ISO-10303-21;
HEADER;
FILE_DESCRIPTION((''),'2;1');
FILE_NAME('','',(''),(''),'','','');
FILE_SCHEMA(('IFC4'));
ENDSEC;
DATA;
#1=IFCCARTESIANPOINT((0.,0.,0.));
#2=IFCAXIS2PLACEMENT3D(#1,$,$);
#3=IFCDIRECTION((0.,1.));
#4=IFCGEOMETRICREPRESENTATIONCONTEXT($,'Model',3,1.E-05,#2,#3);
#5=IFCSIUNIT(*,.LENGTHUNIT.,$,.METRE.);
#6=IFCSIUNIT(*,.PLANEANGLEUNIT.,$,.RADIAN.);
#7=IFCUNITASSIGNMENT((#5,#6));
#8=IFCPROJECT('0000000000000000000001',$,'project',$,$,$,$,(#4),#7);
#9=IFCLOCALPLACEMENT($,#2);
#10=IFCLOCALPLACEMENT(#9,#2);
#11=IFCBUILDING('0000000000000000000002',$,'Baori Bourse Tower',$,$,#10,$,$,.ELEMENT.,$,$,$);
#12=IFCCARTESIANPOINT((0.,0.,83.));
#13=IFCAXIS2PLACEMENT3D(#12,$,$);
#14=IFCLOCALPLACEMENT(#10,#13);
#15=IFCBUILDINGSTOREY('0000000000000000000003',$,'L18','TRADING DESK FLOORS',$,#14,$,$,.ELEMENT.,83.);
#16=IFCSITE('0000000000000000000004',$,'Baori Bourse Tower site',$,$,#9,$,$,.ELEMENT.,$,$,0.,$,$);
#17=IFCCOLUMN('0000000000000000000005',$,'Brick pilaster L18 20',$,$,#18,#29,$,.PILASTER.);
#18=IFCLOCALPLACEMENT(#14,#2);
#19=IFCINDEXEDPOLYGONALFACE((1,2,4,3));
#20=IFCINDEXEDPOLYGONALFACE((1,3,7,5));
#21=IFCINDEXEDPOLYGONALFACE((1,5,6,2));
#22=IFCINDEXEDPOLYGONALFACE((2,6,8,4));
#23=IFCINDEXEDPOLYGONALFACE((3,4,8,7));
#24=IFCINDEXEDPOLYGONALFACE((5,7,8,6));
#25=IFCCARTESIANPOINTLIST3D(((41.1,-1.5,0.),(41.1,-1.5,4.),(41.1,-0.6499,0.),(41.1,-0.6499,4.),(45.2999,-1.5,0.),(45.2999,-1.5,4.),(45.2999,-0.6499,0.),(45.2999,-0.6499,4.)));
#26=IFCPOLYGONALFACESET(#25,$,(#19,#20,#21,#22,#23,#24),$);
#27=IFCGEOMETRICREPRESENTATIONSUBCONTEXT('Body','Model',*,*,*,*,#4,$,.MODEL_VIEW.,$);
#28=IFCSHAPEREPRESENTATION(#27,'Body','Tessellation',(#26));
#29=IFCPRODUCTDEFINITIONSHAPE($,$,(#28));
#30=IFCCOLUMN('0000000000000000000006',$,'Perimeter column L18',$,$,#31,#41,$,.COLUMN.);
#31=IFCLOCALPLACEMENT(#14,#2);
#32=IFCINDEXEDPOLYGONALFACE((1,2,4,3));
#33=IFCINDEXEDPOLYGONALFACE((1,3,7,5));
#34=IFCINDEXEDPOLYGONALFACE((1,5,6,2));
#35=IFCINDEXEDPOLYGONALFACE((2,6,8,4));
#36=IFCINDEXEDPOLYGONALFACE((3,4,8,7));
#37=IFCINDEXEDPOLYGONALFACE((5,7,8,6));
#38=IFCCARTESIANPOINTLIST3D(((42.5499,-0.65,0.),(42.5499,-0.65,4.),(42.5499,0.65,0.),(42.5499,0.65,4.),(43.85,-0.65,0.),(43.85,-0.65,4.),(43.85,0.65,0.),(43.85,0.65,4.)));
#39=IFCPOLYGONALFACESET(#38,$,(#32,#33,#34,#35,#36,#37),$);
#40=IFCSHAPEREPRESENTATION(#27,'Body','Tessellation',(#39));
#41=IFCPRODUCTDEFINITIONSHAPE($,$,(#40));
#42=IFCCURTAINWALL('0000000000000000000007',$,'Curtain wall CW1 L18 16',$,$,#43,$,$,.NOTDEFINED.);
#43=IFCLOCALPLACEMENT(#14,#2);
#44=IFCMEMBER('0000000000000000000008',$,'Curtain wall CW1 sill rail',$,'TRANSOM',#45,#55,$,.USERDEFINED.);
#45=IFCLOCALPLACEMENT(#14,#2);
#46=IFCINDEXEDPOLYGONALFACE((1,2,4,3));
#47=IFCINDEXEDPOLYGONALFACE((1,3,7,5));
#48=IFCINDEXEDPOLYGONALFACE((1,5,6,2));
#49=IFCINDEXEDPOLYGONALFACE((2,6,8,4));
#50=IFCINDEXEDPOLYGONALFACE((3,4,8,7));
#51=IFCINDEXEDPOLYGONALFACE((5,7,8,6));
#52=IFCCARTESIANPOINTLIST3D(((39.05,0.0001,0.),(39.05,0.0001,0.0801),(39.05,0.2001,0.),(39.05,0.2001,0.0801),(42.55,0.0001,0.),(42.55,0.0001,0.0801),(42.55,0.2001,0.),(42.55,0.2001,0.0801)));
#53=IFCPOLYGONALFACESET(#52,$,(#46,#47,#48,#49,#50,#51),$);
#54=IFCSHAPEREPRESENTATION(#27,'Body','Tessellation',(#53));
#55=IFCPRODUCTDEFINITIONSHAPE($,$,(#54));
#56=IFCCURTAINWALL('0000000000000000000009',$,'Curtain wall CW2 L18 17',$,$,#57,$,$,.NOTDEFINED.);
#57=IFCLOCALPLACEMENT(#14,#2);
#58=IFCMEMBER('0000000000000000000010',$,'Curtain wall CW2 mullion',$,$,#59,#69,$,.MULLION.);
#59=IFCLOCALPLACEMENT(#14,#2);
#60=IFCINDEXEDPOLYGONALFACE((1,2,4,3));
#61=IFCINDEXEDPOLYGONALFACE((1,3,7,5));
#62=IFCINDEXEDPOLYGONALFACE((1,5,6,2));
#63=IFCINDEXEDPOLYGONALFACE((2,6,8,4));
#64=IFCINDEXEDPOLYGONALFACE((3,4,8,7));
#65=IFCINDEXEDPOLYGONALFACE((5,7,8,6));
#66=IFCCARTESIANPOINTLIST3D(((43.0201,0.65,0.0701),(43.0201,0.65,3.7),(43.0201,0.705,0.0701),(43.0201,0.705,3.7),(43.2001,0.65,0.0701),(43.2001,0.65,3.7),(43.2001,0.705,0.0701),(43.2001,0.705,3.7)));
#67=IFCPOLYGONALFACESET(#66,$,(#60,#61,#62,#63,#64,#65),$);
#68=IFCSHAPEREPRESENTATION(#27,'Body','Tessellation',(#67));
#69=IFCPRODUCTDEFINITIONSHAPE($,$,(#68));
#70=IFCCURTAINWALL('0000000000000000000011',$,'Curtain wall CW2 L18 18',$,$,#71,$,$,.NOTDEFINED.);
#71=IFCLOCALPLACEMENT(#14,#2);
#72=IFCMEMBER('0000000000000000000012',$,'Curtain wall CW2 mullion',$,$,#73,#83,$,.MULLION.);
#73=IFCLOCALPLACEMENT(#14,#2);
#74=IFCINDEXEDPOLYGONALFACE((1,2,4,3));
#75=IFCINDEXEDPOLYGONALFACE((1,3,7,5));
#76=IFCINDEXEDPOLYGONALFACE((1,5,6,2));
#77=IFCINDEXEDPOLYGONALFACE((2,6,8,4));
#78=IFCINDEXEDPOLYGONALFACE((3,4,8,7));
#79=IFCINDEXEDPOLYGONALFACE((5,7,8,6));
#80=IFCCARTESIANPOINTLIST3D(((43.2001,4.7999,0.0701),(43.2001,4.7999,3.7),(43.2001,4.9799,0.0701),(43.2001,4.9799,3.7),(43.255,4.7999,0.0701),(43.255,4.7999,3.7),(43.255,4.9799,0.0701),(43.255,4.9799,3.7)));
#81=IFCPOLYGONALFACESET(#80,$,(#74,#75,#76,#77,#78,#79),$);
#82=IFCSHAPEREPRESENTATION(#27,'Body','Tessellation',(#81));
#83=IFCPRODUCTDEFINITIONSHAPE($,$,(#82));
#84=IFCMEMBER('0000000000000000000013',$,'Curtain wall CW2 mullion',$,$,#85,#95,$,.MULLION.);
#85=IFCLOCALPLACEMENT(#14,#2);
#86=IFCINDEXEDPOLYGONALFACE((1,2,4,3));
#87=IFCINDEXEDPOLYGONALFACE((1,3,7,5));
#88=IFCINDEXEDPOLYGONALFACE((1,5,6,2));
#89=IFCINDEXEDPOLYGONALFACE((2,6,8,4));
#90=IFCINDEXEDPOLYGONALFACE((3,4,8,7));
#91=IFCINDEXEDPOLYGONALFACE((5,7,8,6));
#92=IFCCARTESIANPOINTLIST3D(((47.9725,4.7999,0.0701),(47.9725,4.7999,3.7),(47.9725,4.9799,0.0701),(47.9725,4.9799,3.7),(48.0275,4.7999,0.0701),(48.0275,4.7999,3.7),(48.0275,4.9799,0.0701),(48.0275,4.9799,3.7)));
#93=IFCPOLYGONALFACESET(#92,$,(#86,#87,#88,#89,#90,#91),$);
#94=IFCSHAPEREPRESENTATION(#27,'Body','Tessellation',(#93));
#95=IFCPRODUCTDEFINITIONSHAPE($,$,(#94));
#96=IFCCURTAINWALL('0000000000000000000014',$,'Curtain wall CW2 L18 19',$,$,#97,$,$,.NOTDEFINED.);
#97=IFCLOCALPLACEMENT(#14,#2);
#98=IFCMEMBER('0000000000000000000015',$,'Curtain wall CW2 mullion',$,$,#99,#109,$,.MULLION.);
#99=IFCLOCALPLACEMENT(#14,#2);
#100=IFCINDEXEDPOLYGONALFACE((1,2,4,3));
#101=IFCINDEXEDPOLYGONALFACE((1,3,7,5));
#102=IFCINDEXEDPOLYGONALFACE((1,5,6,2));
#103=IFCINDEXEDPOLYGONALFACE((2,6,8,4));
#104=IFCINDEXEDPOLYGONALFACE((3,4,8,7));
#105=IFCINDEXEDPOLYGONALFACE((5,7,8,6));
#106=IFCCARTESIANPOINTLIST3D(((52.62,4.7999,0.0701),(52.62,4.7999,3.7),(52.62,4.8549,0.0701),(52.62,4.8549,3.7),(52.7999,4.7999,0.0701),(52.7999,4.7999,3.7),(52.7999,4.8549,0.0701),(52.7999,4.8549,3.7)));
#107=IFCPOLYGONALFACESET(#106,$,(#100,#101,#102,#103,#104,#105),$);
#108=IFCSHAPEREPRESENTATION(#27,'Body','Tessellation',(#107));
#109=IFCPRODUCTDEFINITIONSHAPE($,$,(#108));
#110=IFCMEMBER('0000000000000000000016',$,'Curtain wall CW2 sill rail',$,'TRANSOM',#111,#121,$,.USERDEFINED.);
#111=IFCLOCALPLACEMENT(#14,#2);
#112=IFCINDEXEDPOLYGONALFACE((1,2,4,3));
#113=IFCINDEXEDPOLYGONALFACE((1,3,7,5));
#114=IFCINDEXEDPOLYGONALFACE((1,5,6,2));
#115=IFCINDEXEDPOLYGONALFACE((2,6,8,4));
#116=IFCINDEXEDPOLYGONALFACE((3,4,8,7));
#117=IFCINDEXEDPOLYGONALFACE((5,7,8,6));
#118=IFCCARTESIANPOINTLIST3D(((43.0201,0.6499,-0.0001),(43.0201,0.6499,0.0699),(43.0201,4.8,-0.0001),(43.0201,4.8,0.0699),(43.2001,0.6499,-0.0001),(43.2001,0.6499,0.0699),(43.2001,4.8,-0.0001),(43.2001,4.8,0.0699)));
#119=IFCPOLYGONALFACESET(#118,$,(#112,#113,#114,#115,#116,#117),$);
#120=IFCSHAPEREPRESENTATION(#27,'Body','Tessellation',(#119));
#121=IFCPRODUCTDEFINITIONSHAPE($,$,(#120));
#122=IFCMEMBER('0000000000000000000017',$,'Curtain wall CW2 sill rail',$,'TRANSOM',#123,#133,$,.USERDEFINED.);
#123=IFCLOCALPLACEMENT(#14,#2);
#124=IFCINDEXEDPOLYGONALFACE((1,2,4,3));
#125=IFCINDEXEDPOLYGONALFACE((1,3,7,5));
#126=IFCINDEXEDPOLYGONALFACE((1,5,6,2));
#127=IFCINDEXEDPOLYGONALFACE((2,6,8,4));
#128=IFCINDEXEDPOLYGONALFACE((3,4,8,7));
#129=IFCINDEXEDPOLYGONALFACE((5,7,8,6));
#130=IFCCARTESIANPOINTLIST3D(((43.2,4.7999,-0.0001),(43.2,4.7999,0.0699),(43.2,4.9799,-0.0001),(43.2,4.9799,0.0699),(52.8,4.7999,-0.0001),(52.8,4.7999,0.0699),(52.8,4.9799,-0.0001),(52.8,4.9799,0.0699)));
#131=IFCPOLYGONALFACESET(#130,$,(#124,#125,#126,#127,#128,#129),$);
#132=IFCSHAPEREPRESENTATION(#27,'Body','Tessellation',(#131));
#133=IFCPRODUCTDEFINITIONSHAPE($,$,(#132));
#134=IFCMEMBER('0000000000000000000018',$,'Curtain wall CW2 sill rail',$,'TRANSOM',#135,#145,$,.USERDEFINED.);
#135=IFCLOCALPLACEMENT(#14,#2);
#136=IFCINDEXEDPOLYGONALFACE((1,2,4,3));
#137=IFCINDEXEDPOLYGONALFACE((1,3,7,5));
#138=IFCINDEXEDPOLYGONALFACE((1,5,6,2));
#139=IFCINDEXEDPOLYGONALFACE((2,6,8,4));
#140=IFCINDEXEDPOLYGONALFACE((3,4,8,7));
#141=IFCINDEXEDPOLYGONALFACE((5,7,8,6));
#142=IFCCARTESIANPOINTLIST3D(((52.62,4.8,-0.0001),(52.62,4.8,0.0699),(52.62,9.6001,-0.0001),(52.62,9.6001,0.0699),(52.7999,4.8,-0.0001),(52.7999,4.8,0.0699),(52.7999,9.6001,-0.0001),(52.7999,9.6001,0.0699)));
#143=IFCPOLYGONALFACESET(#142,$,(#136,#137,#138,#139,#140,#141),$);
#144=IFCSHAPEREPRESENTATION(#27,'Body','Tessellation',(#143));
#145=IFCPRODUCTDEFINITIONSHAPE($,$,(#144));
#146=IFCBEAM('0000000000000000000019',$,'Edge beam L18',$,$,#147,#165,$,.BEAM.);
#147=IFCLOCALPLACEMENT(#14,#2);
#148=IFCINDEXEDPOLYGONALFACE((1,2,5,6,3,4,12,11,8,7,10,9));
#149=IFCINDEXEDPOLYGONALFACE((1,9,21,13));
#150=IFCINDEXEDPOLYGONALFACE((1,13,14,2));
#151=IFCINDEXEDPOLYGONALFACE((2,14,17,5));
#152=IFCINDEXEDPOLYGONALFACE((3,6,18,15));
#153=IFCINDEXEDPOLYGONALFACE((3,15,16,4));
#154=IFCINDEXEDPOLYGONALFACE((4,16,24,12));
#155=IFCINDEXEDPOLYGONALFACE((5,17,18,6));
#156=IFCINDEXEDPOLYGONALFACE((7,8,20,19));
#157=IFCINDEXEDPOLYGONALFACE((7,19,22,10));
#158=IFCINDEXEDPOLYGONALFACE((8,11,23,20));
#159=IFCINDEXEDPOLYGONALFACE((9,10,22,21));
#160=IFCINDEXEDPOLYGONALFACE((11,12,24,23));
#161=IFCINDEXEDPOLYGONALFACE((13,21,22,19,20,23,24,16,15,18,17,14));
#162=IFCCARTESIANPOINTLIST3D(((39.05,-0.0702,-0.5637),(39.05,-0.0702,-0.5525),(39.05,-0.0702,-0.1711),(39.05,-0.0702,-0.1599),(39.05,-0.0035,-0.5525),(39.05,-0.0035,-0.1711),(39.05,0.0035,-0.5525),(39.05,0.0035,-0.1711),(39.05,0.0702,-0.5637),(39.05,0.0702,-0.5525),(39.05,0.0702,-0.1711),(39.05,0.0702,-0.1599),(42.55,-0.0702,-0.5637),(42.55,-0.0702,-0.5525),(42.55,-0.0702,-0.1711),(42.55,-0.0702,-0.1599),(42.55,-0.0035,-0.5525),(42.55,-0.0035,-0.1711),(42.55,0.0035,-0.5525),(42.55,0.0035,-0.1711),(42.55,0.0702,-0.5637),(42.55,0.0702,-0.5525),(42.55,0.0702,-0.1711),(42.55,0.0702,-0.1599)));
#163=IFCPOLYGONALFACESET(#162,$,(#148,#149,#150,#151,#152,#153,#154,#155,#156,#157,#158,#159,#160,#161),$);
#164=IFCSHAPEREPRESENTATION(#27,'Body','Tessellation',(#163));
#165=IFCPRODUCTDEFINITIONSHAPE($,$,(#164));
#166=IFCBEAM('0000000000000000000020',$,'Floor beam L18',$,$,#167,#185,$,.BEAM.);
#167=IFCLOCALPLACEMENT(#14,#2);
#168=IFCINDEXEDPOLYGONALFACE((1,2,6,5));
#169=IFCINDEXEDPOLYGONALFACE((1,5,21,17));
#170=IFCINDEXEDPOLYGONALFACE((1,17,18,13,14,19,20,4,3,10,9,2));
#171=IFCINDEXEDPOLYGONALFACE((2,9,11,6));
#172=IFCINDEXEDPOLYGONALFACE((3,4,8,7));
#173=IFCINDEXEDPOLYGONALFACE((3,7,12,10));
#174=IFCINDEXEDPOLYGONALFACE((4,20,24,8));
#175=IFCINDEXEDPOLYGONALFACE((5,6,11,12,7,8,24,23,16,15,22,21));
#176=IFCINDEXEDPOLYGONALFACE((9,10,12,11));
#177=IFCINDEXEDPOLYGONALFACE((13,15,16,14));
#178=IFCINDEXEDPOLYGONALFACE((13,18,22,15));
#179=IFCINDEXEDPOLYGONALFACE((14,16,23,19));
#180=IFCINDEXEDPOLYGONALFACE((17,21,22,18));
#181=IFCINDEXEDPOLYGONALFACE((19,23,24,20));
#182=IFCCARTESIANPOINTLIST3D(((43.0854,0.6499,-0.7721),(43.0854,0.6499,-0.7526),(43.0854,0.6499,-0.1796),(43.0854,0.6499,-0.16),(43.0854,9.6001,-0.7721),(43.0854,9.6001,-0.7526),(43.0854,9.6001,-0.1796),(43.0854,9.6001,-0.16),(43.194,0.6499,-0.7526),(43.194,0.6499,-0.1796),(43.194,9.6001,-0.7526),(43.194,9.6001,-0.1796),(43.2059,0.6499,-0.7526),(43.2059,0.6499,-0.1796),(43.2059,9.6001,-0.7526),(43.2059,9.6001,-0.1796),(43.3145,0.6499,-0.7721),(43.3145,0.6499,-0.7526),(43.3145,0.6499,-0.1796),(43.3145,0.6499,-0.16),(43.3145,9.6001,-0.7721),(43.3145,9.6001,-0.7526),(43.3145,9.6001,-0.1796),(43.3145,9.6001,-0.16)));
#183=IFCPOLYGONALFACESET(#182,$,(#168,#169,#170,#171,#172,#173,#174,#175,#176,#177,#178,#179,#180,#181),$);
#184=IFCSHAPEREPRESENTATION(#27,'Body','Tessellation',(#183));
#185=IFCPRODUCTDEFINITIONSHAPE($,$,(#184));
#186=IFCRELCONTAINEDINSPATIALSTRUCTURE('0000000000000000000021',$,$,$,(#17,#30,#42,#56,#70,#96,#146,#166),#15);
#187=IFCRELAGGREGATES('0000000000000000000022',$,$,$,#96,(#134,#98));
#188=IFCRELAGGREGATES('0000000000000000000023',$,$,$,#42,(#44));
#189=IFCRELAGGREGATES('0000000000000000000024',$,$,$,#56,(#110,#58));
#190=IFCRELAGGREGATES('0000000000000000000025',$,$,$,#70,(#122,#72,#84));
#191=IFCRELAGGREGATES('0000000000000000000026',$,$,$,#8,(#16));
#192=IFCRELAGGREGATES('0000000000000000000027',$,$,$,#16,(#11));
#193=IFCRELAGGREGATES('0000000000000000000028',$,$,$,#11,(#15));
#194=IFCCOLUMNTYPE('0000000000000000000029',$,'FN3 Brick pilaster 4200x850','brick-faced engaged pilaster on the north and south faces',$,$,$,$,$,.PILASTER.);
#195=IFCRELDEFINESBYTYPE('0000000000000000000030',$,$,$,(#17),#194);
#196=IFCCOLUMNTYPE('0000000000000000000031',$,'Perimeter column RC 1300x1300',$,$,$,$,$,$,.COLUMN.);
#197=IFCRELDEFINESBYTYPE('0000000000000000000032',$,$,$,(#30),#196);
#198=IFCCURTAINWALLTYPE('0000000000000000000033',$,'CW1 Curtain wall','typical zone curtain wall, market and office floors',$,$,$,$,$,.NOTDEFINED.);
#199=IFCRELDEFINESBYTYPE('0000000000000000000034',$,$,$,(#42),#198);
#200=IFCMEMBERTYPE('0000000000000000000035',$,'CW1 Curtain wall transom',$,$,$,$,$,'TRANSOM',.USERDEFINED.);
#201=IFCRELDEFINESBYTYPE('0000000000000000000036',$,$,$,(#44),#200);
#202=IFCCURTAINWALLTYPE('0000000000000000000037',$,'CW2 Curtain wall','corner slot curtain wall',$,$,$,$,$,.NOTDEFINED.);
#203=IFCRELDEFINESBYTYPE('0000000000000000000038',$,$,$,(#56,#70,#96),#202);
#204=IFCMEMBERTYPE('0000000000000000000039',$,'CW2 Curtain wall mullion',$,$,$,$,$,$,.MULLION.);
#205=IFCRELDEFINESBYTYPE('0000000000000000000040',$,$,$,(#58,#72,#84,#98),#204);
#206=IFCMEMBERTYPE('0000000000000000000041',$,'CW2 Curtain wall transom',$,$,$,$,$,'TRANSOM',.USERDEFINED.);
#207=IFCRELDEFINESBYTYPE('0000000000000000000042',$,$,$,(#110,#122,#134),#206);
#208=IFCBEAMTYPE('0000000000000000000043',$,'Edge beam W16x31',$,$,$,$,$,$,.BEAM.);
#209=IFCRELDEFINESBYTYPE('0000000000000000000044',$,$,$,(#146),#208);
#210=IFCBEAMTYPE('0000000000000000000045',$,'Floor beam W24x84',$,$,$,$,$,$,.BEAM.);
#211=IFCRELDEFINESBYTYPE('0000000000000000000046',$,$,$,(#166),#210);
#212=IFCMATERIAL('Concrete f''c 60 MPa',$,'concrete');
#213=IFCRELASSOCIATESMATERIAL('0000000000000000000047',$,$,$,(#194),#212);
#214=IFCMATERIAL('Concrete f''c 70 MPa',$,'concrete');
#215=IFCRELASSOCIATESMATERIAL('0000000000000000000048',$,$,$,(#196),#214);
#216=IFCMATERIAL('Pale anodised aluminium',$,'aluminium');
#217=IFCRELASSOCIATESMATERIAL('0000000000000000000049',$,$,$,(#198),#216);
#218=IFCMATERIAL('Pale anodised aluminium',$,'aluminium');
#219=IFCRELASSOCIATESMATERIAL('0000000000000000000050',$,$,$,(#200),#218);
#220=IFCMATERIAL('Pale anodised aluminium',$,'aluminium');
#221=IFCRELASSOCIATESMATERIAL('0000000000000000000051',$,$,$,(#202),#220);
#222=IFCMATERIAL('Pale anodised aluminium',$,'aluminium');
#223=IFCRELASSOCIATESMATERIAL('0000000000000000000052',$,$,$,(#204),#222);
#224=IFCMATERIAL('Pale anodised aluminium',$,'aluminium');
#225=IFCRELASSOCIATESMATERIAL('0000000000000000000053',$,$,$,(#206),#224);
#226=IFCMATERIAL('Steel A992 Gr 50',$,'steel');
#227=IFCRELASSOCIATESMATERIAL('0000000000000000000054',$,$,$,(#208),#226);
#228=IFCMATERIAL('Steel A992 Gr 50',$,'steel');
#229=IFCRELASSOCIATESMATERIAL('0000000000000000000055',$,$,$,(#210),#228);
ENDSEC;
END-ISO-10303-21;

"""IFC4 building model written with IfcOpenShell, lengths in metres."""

from ifc_helpers import new_model, si_unit, direction, frame, origin, origin_2d, place, context, subcontext, project, spatial, rectangle, i_section, extrude, material, material_profile, profile_set, type_object, element, aggregate, save


model = new_model("IFC4")

# Units and contexts
model_context = context("Model", 3, precision=1e-05, world=origin(), true_north=direction((0.0, 1.0)))
body_context = subcontext(model_context, "Body", "Model", "MODEL_VIEW")
ifc_project = project(units=[si_unit("LENGTHUNIT", "METRE"), si_unit("PLANEANGLEUNIT", "RADIAN")], contexts=[model_context])

# Site, building, storey
site_placement = place(None, origin())
site = spatial("IfcSite", under=ifc_project, at=site_placement, Name="Baori Bourse Tower site", CompositionType="ELEMENT", RefElevation=0.0)
building_placement = place(site_placement, origin())
building = spatial("IfcBuilding", under=site, at=building_placement, Name="Baori Bourse Tower", CompositionType="ELEMENT")
storey_placement = place(building_placement, frame((0.0, 0.0, 83.0)))
storey = spatial("IfcBuildingStorey", under=building, at=storey_placement, Name="L18", Description="TRADING DESK FLOORS", CompositionType="ELEMENT", Elevation=83.0)

# Columns
ifc_material_1 = material(Name="Concrete f'c 60 MPa", Category="concrete")
ifc_material_profile_1 = material_profile(ifc_material_1, rectangle(XDim=4.2, YDim=0.8501, at=origin_2d()), Name="RC 4200x850")
ifc_profile_set_1 = profile_set([ifc_material_profile_1], Name="Concrete f'c 60 MPa")
column_type_1 = type_object("IfcColumnType", Name="FN3 Brick pilaster 4200x850", Description="brick-faced engaged pilaster on the north and south faces", PredefinedType="PILASTER", material=ifc_profile_set_1)
column_1_placement = place(storey_placement, frame((43.2, -1.075, 0.0), z_axis=(0.0, 0.0, 1.0), x_axis=(1.0, 0.0, 0.0)))
element("IfcColumn", 1, at=column_1_placement, inside=storey, type_object=column_type_1, Name="Brick pilaster L18 20", PredefinedType="PILASTER", context=body_context, shape_type="SweptSolid", body=[
    extrude(rectangle(XDim=4.2, YDim=0.8501, at=origin_2d()), origin(), (0.0, 0.0, 1.0), 4.0),
])
ifc_material_2 = material(Name="Concrete f'c 70 MPa", Category="concrete")
ifc_material_profile_2 = material_profile(ifc_material_2, rectangle(XDim=1.3, YDim=1.3, at=origin_2d()), Name="RC 1300x1300")
ifc_profile_set_2 = profile_set([ifc_material_profile_2], Name="Concrete f'c 70 MPa")
column_type_2 = type_object("IfcColumnType", Name="Perimeter column RC 1300x1300", PredefinedType="COLUMN", material=ifc_profile_set_2)
column_2_placement = place(storey_placement, frame((43.2, 0.0, 0.0), z_axis=(0.0, 0.0, 1.0), x_axis=(1.0, 0.0, 0.0)))
element("IfcColumn", 2, at=column_2_placement, inside=storey, type_object=column_type_2, Name="Perimeter column L18", PredefinedType="COLUMN", context=body_context, shape_type="SweptSolid", body=[
    extrude(rectangle(XDim=1.3, YDim=1.3, at=origin_2d()), origin(), (0.0, 0.0, 1.0), 4.0),
])

# Curtain walls, members
ifc_material_3 = material(Name="Pale anodised aluminium", Category="aluminium")
curtain_wall_type_1 = type_object("IfcCurtainWallType", Name="CW1 Curtain wall", Description="typical zone curtain wall, market and office floors", PredefinedType="NOTDEFINED", material=ifc_material_3)
curtain_wall_1_placement = place(storey_placement, origin())
curtain_wall_1 = element("IfcCurtainWall", 3, at=curtain_wall_1_placement, inside=storey, type_object=curtain_wall_type_1, Name="Curtain wall CW1 L18 16", PredefinedType="NOTDEFINED")
ifc_material_4 = material(Name="Pale anodised aluminium", Category="aluminium")
ifc_material_profile_3 = material_profile(ifc_material_4, rectangle(XDim=0.2, YDim=0.0801, at=origin_2d()), Name="Transom 80x200")
ifc_profile_set_3 = profile_set([ifc_material_profile_3], Name="Pale anodised aluminium")
member_type_1 = type_object("IfcMemberType", Name="CW1 Curtain wall transom", ElementType="TRANSOM", PredefinedType="USERDEFINED", material=ifc_profile_set_3)
member_1_placement = place(storey_placement, frame((39.05, 0.1001, 0.04), z_axis=(1.0, 0.0, 0.0), x_axis=(0.0, 1.0, 0.0)))
member_1 = element("IfcMember", 4, at=member_1_placement, type_object=member_type_1, Name="Curtain wall CW1 sill rail", ObjectType="TRANSOM", PredefinedType="USERDEFINED", context=body_context, shape_type="SweptSolid", body=[
    extrude(rectangle(XDim=0.2, YDim=0.0801, at=origin_2d()), origin(), (0.0, 0.0, 1.0), 3.5),
])
ifc_material_5 = material(Name="Pale anodised aluminium", Category="aluminium")
curtain_wall_type_2 = type_object("IfcCurtainWallType", Name="CW2 Curtain wall", Description="corner slot curtain wall", PredefinedType="NOTDEFINED", material=ifc_material_5)
curtain_wall_2_placement = place(storey_placement, origin())
curtain_wall_2 = element("IfcCurtainWall", 5, at=curtain_wall_2_placement, inside=storey, type_object=curtain_wall_type_2, Name="Curtain wall CW2 L18 17", PredefinedType="NOTDEFINED")
ifc_material_6 = material(Name="Pale anodised aluminium", Category="aluminium")
ifc_material_profile_4 = material_profile(ifc_material_6, rectangle(XDim=0.1799, YDim=0.0549, at=origin_2d()), Name="Mullion 55x180")
ifc_profile_set_4 = profile_set([ifc_material_profile_4], Name="Pale anodised aluminium")
member_type_2 = type_object("IfcMemberType", Name="CW2 Curtain wall mullion", PredefinedType="MULLION", material=ifc_profile_set_4)
member_2_placement = place(storey_placement, frame((43.1101, 0.6775, 0.0701), z_axis=(0.0, 0.0, 1.0), x_axis=(-1.0, 0.0, 0.0)))
member_2 = element("IfcMember", 6, at=member_2_placement, type_object=member_type_2, Name="Curtain wall CW2 mullion", PredefinedType="MULLION", context=body_context, shape_type="SweptSolid", body=[
    extrude(rectangle(XDim=0.1799, YDim=0.0549, at=origin_2d()), origin(), (0.0, 0.0, 1.0), 3.6299),
])

# Curtain wall, members
curtain_wall_3_placement = place(storey_placement, origin())
curtain_wall_3 = element("IfcCurtainWall", 7, at=curtain_wall_3_placement, inside=storey, type_object=curtain_wall_type_2, Name="Curtain wall CW2 L18 18", PredefinedType="NOTDEFINED")
member_3_placement = place(storey_placement, frame((43.2275, 4.8899, 0.0701), z_axis=(0.0, 0.0, 1.0), x_axis=(0.0, 1.0, 0.0)))
member_3 = element("IfcMember", 8, at=member_3_placement, type_object=member_type_2, Name="Curtain wall CW2 mullion", PredefinedType="MULLION", context=body_context, shape_type="SweptSolid", body=[
    extrude(rectangle(XDim=0.1799, YDim=0.0549, at=origin_2d()), origin(), (0.0, 0.0, 1.0), 3.6299),
])
member_4_placement = place(storey_placement, frame((48.0, 4.8899, 0.0701), z_axis=(0.0, 0.0, 1.0), x_axis=(0.0, 1.0, 0.0)))
member_4 = element("IfcMember", 9, at=member_4_placement, type_object=member_type_2, Name="Curtain wall CW2 mullion", PredefinedType="MULLION", context=body_context, shape_type="SweptSolid", body=[
    extrude(rectangle(XDim=0.1799, YDim=0.0549, at=origin_2d()), origin(), (0.0, 0.0, 1.0), 3.6299),
])

# Curtain wall, member
curtain_wall_4_placement = place(storey_placement, origin())
curtain_wall_4 = element("IfcCurtainWall", 10, at=curtain_wall_4_placement, inside=storey, type_object=curtain_wall_type_2, Name="Curtain wall CW2 L18 19", PredefinedType="NOTDEFINED")
member_5_placement = place(storey_placement, frame((52.71, 4.8274, 0.0701), z_axis=(0.0, 0.0, 1.0), x_axis=(-1.0, 0.0, 0.0)))
member_5 = element("IfcMember", 11, at=member_5_placement, type_object=member_type_2, Name="Curtain wall CW2 mullion", PredefinedType="MULLION", context=body_context, shape_type="SweptSolid", body=[
    extrude(rectangle(XDim=0.1799, YDim=0.0549, at=origin_2d()), origin(), (0.0, 0.0, 1.0), 3.6299),
])

# Members
ifc_material_7 = material(Name="Pale anodised aluminium", Category="aluminium")
ifc_material_profile_5 = material_profile(ifc_material_7, rectangle(XDim=0.1799, YDim=0.0701, at=origin_2d()), Name="Transom 70x180")
ifc_profile_set_5 = profile_set([ifc_material_profile_5], Name="Pale anodised aluminium")
member_type_3 = type_object("IfcMemberType", Name="CW2 Curtain wall transom", ElementType="TRANSOM", PredefinedType="USERDEFINED", material=ifc_profile_set_5)
member_6_placement = place(storey_placement, frame((43.1101, 0.6499, 0.0349), z_axis=(0.0, 1.0, 0.0), x_axis=(-1.0, 0.0, 0.0)))
member_6 = element("IfcMember", 12, at=member_6_placement, type_object=member_type_3, Name="Curtain wall CW2 sill rail", ObjectType="TRANSOM", PredefinedType="USERDEFINED", context=body_context, shape_type="SweptSolid", body=[
    extrude(rectangle(XDim=0.1799, YDim=0.0701, at=origin_2d()), origin(), (0.0, 0.0, 1.0), 4.1501),
])
member_7_placement = place(storey_placement, frame((43.2, 4.8899, 0.0349), z_axis=(1.0, 0.0, 0.0), x_axis=(0.0, 1.0, 0.0)))
member_7 = element("IfcMember", 13, at=member_7_placement, type_object=member_type_3, Name="Curtain wall CW2 sill rail", ObjectType="TRANSOM", PredefinedType="USERDEFINED", context=body_context, shape_type="SweptSolid", body=[
    extrude(rectangle(XDim=0.1799, YDim=0.0701, at=origin_2d()), origin(), (0.0, 0.0, 1.0), 9.6001),
])
member_8_placement = place(storey_placement, frame((52.71, 4.8, 0.0349), z_axis=(0.0, 1.0, 0.0), x_axis=(-1.0, 0.0, 0.0)))
member_8 = element("IfcMember", 14, at=member_8_placement, type_object=member_type_3, Name="Curtain wall CW2 sill rail", ObjectType="TRANSOM", PredefinedType="USERDEFINED", context=body_context, shape_type="SweptSolid", body=[
    extrude(rectangle(XDim=0.1799, YDim=0.0701, at=origin_2d()), origin(), (0.0, 0.0, 1.0), 4.8),
])
aggregate(curtain_wall_4, [member_8, member_5])

# Beams
ifc_material_8 = material(Name="Steel A992 Gr 50", Category="steel")
ifc_material_profile_6 = material_profile(ifc_material_8, i_section(OverallWidth=0.1404, OverallDepth=0.4038, WebThickness=0.0071, FlangeThickness=0.0112, at=origin_2d()), Name="W16x31")
ifc_profile_set_6 = profile_set([ifc_material_profile_6], Name="Steel A992 Gr 50")
beam_type_1 = type_object("IfcBeamType", Name="Edge beam W16x31", PredefinedType="BEAM", material=ifc_profile_set_6)
beam_1_placement = place(storey_placement, frame((39.05, 0.0, -0.3618), z_axis=(1.0, 0.0, 0.0), x_axis=(0.0, 1.0, 0.0)))
element("IfcBeam", 15, at=beam_1_placement, inside=storey, type_object=beam_type_1, Name="Edge beam L18", PredefinedType="BEAM", context=body_context, shape_type="SweptSolid", body=[
    extrude(i_section(OverallWidth=0.1404, OverallDepth=0.4038, WebThickness=0.0071, FlangeThickness=0.0112, at=origin_2d()), origin(), (0.0, 0.0, 1.0), 3.5),
])
ifc_material_9 = material(Name="Steel A992 Gr 50", Category="steel")
ifc_material_profile_7 = material_profile(ifc_material_9, i_section(OverallWidth=0.229, OverallDepth=0.6121, WebThickness=0.012, FlangeThickness=0.0195, at=origin_2d()), Name="W24x84")
ifc_profile_set_7 = profile_set([ifc_material_profile_7], Name="Steel A992 Gr 50")
beam_type_2 = type_object("IfcBeamType", Name="Floor beam W24x84", PredefinedType="BEAM", material=ifc_profile_set_7)
beam_2_placement = place(storey_placement, frame((43.2, 0.6499, -0.4661), z_axis=(0.0, 1.0, 0.0), x_axis=(-1.0, 0.0, 0.0)))
element("IfcBeam", 16, at=beam_2_placement, inside=storey, type_object=beam_type_2, Name="Floor beam L18", PredefinedType="BEAM", context=body_context, shape_type="SweptSolid", body=[
    extrude(i_section(OverallWidth=0.229, OverallDepth=0.6121, WebThickness=0.012, FlangeThickness=0.0195, at=origin_2d()), origin(), (0.0, 0.0, 1.0), 8.9502),
])

aggregate(curtain_wall_1, [member_1])
aggregate(curtain_wall_2, [member_6, member_2])
aggregate(curtain_wall_3, [member_7, member_3, member_4])

save(model, "model.ifc")
